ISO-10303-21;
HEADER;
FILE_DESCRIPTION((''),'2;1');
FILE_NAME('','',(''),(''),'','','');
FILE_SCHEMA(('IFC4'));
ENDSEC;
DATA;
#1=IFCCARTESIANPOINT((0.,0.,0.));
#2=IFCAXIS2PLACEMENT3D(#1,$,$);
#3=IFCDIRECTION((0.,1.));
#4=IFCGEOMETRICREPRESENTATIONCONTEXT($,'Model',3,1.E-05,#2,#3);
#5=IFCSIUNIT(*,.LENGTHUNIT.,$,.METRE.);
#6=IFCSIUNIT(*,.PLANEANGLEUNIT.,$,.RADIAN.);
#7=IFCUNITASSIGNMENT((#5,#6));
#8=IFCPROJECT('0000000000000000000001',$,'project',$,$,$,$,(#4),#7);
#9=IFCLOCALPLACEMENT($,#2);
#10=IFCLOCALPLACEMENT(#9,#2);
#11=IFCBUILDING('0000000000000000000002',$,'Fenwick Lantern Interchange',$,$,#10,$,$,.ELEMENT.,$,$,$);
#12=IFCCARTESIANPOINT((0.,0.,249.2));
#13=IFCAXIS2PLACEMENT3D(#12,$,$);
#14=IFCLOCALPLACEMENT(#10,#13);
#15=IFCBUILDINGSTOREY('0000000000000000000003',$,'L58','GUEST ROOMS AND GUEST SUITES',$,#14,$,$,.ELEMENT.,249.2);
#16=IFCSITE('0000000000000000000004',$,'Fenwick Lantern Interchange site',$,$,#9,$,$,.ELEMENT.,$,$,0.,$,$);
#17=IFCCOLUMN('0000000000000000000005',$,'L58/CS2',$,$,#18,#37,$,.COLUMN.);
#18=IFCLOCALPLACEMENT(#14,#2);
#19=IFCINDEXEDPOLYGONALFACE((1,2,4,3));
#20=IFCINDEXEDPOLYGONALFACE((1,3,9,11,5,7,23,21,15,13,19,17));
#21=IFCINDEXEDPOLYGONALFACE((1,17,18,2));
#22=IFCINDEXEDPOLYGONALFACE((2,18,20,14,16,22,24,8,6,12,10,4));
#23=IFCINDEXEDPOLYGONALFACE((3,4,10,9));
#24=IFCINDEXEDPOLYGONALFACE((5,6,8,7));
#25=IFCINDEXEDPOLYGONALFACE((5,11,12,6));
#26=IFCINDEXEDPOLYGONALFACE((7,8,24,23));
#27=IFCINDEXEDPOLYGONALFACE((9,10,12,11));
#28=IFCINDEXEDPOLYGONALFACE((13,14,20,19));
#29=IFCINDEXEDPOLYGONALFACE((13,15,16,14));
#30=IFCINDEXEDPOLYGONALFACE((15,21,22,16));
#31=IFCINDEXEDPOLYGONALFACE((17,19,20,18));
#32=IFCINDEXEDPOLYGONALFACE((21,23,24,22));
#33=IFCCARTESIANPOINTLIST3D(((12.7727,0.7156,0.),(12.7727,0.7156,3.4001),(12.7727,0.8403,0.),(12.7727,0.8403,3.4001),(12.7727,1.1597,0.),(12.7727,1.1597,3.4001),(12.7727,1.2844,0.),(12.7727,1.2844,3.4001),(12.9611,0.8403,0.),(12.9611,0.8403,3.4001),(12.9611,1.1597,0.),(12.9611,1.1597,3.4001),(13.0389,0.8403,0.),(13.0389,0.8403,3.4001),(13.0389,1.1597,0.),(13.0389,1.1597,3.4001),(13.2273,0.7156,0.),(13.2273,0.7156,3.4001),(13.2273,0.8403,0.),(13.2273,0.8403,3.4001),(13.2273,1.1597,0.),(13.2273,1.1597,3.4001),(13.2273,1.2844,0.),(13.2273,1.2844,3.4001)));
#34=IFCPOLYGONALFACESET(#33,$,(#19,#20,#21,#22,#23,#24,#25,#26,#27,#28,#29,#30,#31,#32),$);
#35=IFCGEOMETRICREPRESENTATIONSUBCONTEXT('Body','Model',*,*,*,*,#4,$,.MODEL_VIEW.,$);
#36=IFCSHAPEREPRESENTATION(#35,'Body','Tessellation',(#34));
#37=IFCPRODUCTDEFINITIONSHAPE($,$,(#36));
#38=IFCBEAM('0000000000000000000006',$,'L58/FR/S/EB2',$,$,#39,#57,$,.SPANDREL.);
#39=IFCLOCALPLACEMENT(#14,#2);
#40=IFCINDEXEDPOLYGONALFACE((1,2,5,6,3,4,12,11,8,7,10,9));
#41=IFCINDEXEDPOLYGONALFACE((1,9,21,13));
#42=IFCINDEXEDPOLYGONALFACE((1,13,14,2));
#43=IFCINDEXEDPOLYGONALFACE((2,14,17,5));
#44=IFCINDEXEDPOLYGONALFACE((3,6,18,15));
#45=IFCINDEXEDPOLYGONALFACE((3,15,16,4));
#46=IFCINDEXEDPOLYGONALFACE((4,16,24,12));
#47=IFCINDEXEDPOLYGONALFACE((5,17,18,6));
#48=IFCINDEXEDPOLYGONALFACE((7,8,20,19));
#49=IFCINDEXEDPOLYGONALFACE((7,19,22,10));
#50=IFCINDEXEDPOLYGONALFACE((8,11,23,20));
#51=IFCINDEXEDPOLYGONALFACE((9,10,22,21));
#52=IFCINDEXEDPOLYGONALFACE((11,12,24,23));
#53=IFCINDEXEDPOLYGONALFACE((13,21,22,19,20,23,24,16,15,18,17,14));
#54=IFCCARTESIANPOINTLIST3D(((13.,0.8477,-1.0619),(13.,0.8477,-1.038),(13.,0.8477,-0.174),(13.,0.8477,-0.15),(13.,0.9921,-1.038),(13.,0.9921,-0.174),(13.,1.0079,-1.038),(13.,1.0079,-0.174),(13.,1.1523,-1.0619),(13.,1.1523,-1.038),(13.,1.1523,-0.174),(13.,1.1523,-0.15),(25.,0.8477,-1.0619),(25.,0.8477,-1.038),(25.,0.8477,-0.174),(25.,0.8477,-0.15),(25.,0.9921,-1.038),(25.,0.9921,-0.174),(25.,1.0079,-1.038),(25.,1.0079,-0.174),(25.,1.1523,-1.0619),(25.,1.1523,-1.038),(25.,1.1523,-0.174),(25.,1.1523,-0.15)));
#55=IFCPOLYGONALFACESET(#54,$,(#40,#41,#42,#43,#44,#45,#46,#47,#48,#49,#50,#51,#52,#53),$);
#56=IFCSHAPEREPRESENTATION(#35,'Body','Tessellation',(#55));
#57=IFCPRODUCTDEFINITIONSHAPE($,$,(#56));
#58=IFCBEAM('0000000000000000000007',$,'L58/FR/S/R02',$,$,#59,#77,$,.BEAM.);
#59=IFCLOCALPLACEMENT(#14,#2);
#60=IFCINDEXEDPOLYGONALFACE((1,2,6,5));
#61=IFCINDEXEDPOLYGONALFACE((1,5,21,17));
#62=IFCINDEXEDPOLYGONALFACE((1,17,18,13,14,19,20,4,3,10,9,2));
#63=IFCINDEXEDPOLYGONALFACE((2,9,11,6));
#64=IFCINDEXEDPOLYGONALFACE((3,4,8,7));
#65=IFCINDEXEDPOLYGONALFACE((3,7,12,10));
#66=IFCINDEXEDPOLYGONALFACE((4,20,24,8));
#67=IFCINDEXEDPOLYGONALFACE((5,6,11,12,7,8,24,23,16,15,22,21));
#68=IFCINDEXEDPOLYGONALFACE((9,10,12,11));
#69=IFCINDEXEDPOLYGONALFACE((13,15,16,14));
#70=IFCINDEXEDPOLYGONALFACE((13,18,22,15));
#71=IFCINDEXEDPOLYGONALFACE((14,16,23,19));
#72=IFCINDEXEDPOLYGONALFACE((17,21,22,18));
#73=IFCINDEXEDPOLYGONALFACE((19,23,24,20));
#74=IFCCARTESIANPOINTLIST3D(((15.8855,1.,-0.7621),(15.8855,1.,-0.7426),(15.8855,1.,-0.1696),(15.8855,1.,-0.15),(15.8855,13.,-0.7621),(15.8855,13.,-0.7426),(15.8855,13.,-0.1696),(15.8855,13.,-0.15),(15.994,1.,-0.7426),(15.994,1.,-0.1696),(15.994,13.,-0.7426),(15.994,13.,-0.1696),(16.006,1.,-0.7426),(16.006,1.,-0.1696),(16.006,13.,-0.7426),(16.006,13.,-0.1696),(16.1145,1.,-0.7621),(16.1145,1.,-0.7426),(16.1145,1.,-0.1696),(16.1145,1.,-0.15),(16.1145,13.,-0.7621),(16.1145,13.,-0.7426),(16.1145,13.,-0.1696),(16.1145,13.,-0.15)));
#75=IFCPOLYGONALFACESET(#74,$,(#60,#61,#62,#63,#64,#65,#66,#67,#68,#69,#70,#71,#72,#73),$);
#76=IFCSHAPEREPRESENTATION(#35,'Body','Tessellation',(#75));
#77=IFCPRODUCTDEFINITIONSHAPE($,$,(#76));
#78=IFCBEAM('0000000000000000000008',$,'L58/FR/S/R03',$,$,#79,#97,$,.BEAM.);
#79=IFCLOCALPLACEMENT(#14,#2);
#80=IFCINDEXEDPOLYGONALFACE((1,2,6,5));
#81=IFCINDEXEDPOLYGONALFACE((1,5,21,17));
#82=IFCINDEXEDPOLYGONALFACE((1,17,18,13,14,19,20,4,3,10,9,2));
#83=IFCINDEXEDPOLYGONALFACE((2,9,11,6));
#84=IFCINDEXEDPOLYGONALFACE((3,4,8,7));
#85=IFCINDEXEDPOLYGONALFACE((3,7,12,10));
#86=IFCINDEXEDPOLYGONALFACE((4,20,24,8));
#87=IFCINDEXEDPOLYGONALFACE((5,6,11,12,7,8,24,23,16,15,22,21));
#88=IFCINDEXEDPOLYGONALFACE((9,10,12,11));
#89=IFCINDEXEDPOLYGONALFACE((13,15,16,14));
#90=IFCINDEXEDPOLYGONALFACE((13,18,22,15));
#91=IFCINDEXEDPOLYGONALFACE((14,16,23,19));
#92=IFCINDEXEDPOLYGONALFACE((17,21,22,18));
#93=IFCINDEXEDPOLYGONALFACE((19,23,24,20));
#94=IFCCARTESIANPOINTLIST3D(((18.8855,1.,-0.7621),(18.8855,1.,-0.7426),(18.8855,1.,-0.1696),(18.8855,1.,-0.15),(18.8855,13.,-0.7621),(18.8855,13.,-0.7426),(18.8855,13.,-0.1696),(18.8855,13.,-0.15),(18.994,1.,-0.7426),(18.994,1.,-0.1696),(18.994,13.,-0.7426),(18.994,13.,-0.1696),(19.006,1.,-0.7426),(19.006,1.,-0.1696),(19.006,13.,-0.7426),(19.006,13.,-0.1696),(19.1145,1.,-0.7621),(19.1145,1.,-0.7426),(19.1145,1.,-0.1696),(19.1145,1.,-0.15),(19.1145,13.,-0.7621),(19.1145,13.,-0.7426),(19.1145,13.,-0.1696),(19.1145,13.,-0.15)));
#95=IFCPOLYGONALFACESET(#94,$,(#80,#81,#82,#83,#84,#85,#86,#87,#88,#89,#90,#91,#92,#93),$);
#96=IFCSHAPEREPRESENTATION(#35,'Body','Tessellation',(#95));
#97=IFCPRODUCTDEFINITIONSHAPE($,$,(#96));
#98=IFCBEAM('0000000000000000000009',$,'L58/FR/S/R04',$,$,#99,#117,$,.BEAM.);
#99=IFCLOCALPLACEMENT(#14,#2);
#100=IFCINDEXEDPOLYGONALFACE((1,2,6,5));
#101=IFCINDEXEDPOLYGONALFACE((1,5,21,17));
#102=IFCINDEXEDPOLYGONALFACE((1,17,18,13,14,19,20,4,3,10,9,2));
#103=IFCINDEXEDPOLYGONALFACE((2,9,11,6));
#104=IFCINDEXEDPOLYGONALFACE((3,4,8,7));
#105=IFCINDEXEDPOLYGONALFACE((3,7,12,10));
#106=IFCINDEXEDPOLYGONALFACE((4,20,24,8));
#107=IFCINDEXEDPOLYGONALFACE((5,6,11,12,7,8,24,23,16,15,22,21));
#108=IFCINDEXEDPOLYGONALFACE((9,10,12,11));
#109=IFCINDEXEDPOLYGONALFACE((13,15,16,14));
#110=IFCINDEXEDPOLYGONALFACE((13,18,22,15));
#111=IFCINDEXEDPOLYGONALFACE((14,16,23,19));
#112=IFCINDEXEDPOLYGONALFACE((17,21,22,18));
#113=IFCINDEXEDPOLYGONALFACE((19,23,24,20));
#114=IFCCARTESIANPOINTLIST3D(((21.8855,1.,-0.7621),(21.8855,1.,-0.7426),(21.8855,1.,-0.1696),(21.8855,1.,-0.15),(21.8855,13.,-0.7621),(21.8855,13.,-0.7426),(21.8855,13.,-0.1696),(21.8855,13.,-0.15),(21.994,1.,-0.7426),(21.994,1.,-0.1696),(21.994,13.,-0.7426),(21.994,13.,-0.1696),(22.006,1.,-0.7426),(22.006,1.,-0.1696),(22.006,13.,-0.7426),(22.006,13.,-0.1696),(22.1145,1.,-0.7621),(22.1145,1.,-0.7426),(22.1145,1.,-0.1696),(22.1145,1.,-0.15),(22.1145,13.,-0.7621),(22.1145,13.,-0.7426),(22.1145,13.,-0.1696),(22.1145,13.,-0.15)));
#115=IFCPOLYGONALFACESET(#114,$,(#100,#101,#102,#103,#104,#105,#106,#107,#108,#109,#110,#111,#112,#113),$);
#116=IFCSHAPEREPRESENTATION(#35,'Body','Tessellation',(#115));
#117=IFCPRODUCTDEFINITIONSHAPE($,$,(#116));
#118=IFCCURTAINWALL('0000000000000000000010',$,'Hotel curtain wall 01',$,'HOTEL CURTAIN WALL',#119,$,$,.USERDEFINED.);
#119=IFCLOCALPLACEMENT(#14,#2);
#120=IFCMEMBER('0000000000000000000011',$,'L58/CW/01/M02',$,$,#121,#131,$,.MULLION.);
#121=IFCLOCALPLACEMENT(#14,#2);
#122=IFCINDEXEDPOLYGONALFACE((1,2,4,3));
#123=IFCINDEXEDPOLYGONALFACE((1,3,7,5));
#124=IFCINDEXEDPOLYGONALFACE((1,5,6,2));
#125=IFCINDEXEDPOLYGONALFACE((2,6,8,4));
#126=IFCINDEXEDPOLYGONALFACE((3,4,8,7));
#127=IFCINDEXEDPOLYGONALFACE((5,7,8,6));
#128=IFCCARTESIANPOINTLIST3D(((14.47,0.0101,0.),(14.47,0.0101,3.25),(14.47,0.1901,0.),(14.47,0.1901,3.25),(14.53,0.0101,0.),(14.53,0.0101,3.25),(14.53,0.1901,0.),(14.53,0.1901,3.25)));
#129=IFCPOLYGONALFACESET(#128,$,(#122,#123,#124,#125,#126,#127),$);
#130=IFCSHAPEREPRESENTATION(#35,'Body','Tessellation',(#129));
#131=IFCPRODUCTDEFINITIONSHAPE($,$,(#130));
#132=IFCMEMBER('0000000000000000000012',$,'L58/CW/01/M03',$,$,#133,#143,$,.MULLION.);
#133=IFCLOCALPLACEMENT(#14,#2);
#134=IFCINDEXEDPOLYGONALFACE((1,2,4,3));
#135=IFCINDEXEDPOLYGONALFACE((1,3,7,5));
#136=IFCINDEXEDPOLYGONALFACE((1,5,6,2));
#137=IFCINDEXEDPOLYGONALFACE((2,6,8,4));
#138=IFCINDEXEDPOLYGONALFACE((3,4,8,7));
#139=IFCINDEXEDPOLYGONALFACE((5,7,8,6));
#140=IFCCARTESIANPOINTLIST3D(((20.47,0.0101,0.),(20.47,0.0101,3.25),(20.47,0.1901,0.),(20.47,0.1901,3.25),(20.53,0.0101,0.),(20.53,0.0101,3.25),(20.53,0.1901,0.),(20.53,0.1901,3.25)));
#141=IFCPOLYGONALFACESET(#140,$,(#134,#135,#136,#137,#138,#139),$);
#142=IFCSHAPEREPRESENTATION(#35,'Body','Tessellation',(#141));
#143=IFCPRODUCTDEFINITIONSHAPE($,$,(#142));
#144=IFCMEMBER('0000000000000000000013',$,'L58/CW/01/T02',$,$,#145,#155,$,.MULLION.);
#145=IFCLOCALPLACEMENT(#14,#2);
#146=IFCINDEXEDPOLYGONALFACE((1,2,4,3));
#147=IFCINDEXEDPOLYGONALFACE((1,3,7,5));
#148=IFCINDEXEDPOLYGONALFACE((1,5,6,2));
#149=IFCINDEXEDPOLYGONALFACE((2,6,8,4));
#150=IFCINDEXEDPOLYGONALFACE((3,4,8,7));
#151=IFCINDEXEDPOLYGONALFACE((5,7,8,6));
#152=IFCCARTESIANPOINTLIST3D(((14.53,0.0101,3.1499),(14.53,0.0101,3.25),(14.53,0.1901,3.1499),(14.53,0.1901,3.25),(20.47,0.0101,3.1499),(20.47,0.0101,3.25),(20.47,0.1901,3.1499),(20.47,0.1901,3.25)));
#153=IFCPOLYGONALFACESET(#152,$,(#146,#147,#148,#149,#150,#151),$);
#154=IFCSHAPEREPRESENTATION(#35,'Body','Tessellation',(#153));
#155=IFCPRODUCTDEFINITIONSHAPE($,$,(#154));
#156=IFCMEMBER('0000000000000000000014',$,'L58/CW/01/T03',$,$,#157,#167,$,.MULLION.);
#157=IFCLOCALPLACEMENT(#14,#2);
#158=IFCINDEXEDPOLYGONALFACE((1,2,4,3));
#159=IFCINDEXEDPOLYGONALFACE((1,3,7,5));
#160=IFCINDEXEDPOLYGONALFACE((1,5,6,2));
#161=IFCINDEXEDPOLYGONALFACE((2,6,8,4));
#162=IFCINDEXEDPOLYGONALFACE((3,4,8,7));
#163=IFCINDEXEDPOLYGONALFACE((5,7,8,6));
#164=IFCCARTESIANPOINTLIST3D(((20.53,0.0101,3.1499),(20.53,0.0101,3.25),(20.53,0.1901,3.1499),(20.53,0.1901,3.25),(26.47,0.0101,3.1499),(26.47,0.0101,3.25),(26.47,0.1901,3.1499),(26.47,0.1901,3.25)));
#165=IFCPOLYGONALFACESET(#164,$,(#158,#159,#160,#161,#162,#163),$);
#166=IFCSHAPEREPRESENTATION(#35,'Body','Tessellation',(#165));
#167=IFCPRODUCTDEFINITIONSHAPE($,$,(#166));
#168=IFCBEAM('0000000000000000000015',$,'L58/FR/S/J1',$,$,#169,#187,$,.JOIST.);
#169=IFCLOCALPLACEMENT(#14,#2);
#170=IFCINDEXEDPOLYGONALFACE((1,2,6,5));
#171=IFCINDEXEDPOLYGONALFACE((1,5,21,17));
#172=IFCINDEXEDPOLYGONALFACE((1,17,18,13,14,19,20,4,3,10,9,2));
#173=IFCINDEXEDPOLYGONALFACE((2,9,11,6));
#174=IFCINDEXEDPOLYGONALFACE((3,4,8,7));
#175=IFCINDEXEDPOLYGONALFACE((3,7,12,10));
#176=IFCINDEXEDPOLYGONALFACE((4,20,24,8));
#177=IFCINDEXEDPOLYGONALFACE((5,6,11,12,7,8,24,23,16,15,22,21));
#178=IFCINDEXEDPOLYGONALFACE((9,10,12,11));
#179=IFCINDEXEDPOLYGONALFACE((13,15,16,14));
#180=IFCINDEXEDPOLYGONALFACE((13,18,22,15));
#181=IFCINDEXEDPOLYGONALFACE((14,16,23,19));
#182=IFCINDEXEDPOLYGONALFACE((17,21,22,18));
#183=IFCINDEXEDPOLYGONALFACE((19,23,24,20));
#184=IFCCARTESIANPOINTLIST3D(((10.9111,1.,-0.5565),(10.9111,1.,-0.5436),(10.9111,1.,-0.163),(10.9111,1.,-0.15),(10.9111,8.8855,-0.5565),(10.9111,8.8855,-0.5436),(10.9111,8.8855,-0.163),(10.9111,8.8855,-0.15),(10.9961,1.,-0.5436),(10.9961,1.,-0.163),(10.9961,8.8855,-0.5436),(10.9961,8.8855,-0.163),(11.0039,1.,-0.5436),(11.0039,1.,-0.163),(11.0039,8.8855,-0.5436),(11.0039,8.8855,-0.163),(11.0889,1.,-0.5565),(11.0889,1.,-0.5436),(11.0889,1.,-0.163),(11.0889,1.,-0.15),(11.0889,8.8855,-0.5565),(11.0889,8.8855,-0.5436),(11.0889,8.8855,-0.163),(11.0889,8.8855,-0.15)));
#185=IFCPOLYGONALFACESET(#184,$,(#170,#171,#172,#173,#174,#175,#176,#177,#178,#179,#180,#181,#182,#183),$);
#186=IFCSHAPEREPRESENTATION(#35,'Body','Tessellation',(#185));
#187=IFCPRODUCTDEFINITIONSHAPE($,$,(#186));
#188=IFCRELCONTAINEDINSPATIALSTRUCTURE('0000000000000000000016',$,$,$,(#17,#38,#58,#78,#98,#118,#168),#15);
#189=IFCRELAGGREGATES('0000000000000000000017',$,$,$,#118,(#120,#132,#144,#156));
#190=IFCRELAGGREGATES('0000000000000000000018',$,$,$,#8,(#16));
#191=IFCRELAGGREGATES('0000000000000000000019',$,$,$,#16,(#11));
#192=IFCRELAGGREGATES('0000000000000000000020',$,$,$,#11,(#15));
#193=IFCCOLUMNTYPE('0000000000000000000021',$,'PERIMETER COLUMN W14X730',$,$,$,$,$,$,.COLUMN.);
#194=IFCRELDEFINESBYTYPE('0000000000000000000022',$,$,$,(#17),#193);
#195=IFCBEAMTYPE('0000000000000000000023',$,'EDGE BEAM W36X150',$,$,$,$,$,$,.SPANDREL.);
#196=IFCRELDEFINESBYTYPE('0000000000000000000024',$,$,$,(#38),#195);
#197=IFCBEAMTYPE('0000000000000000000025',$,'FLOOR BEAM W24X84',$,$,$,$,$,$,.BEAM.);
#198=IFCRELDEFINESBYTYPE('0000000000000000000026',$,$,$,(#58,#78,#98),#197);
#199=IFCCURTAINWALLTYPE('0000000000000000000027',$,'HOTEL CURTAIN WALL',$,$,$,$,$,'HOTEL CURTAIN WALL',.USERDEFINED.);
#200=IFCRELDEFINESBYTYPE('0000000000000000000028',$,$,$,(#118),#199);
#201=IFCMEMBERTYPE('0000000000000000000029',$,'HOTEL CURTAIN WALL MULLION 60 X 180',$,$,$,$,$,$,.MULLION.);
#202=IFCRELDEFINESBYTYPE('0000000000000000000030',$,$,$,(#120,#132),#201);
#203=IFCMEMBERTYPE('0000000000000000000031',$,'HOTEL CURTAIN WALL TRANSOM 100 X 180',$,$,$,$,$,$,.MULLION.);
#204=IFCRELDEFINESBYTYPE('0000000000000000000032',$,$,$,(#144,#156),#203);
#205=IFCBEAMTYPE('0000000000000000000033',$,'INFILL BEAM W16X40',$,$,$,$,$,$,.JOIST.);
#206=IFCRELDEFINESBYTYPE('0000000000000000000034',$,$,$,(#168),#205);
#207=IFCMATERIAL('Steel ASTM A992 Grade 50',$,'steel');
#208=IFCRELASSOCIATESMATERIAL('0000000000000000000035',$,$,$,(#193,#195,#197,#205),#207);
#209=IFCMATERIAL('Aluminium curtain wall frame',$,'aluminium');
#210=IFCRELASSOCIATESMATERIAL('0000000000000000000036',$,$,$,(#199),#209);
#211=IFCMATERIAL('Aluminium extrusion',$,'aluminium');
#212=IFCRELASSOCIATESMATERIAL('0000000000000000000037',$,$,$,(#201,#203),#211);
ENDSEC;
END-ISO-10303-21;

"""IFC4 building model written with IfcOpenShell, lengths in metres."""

from ifc_helpers import new_model, si_unit, direction, frame, origin, origin_2d, place, context, subcontext, project, spatial, rectangle, i_section, extrude, material, material_profile, profile_set, type_object, element, aggregate, save


model = new_model("IFC4")

# Units and contexts
model_context = context("Model", 3, precision=1e-05, world=origin(), true_north=direction((0.0, 1.0)))
body_context = subcontext(model_context, "Body", "Model", "MODEL_VIEW")
ifc_project = project(units=[si_unit("LENGTHUNIT", "METRE"), si_unit("PLANEANGLEUNIT", "RADIAN")], contexts=[model_context])

# Site, building, storey
site_placement = place(None, origin())
site = spatial("IfcSite", under=ifc_project, at=site_placement, Name="Fenwick Lantern Interchange site", CompositionType="ELEMENT", RefElevation=0.0)
building_placement = place(site_placement, origin())
building = spatial("IfcBuilding", under=site, at=building_placement, Name="Fenwick Lantern Interchange", CompositionType="ELEMENT")
storey_placement = place(building_placement, frame((0.0, 0.0, 249.2)))
storey = spatial("IfcBuildingStorey", under=building, at=storey_placement, Name="L58", Description="GUEST ROOMS AND GUEST SUITES", CompositionType="ELEMENT", Elevation=249.2)

# Column
ifc_material_1 = material(Name="Steel ASTM A992 Grade 50", Category="steel")
ifc_material_profile_1 = material_profile(ifc_material_1, i_section(OverallWidth=0.4546, OverallDepth=0.5688, WebThickness=0.0779, FlangeThickness=0.1248, at=origin_2d()), Name="W14X730")
ifc_profile_set_1 = profile_set([ifc_material_profile_1], Name="Steel ASTM A992 Grade 50")
column_type = type_object("IfcColumnType", Name="PERIMETER COLUMN W14X730", PredefinedType="COLUMN", material=ifc_profile_set_1)
column_placement = place(storey_placement, frame((13.0, 1.0, 0.0), z_axis=(0.0, 0.0, 1.0), x_axis=(1.0, 0.0, 0.0)))
element("IfcColumn", 1, at=column_placement, inside=storey, type_object=column_type, Name="L58/CS2", PredefinedType="COLUMN", context=body_context, shape_type="SweptSolid", body=[
    extrude(i_section(OverallWidth=0.4546, OverallDepth=0.5688, WebThickness=0.0779, FlangeThickness=0.1248, at=origin_2d()), origin(), (0.0, 0.0, 1.0), 3.4001),
])

# Beams
ifc_material_profile_2 = material_profile(ifc_material_1, i_section(OverallWidth=0.3047, OverallDepth=0.9119, WebThickness=0.0159, FlangeThickness=0.0239, at=origin_2d()), Name="W36X150")
ifc_profile_set_2 = profile_set([ifc_material_profile_2], Name="Steel ASTM A992 Grade 50")
beam_type_1 = type_object("IfcBeamType", Name="EDGE BEAM W36X150", PredefinedType="SPANDREL", material=ifc_profile_set_2)
beam_1_placement = place(storey_placement, frame((13.0, 1.0, -0.606), z_axis=(1.0, 0.0, 0.0), x_axis=(0.0, 1.0, 0.0)))
element("IfcBeam", 2, at=beam_1_placement, inside=storey, type_object=beam_type_1, Name="L58/FR/S/EB2", PredefinedType="SPANDREL", context=body_context, shape_type="SweptSolid", body=[
    extrude(i_section(OverallWidth=0.3047, OverallDepth=0.9119, WebThickness=0.0159, FlangeThickness=0.0239, at=origin_2d()), origin(), (0.0, 0.0, 1.0), 12.0),
])
ifc_material_profile_3 = material_profile(ifc_material_1, i_section(OverallWidth=0.229, OverallDepth=0.6121, WebThickness=0.012, FlangeThickness=0.0195, at=origin_2d()), Name="W24X84")
ifc_profile_set_3 = profile_set([ifc_material_profile_3], Name="Steel ASTM A992 Grade 50")
beam_type_2 = type_object("IfcBeamType", Name="FLOOR BEAM W24X84", PredefinedType="BEAM", material=ifc_profile_set_3)
for number, where, z_axis, x_axis, name in (
    (3, (16.0, 1.0, -0.4561), (0.0, 1.0, 0.0), (-1.0, 0.0, 0.0), "L58/FR/S/R02"),
    (4, (19.0, 1.0, -0.4561), (0.0, 1.0, 0.0), (-1.0, 0.0, 0.0), "L58/FR/S/R03"),
    (5, (22.0, 1.0, -0.4561), (0.0, 1.0, 0.0), (-1.0, 0.0, 0.0), "L58/FR/S/R04"),
):
    element("IfcBeam", number, at=place(storey_placement, frame(where, z_axis=z_axis, x_axis=x_axis)), inside=storey, type_object=beam_type_2, Name=name, PredefinedType="BEAM", context=body_context, shape_type="SweptSolid", body=[
        extrude(i_section(OverallWidth=0.229, OverallDepth=0.6121, WebThickness=0.012, FlangeThickness=0.0195, at=origin_2d()), origin(), (0.0, 0.0, 1.0), 12.0),
    ])

# Curtain wall, members
ifc_material_2 = material(Name="Aluminium curtain wall frame", Category="aluminium")
curtain_wall_type = type_object("IfcCurtainWallType", Name="HOTEL CURTAIN WALL", ElementType="HOTEL CURTAIN WALL", PredefinedType="USERDEFINED", material=ifc_material_2)
curtain_wall_placement = place(storey_placement, origin())
curtain_wall = element("IfcCurtainWall", 6, at=curtain_wall_placement, inside=storey, type_object=curtain_wall_type, Name="Hotel curtain wall 01", ObjectType="HOTEL CURTAIN WALL", PredefinedType="USERDEFINED")
ifc_material_3 = material(Name="Aluminium extrusion", Category="aluminium")
ifc_material_profile_4 = material_profile(ifc_material_3, rectangle(XDim=0.1799, YDim=0.0601, at=origin_2d()), Name="HOTEL CURTAIN WALL MULLION 60 X 180")
ifc_profile_set_4 = profile_set([ifc_material_profile_4], Name="Aluminium extrusion")
member_type_1 = type_object("IfcMemberType", Name="HOTEL CURTAIN WALL MULLION 60 X 180", PredefinedType="MULLION", material=ifc_profile_set_4)
member_1_placement = place(storey_placement, frame((14.5, 0.1001, 0.0), z_axis=(0.0, 0.0, 1.0), x_axis=(0.0, 1.0, 0.0)))
member_1 = element("IfcMember", 7, at=member_1_placement, type_object=member_type_1, Name="L58/CW/01/M02", PredefinedType="MULLION", context=body_context, shape_type="SweptSolid", body=[
    extrude(rectangle(XDim=0.1799, YDim=0.0601, at=origin_2d()), origin(), (0.0, 0.0, 1.0), 3.25),
])
member_2_placement = place(storey_placement, frame((20.5, 0.1001, 0.0), z_axis=(0.0, 0.0, 1.0), x_axis=(0.0, 1.0, 0.0)))
member_2 = element("IfcMember", 8, at=member_2_placement, type_object=member_type_1, Name="L58/CW/01/M03", PredefinedType="MULLION", context=body_context, shape_type="SweptSolid", body=[
    extrude(rectangle(XDim=0.1799, YDim=0.0601, at=origin_2d()), origin(), (0.0, 0.0, 1.0), 3.25),
])
ifc_material_profile_5 = material_profile(ifc_material_3, rectangle(XDim=0.1799, YDim=0.1001, at=origin_2d()), Name="HOTEL CURTAIN WALL TRANSOM 100 X 180")
ifc_profile_set_5 = profile_set([ifc_material_profile_5], Name="Aluminium extrusion")
member_type_2 = type_object("IfcMemberType", Name="HOTEL CURTAIN WALL TRANSOM 100 X 180", PredefinedType="MULLION", material=ifc_profile_set_5)
member_3_placement = place(storey_placement, frame((14.53, 0.1001, 3.2), z_axis=(1.0, 0.0, 0.0), x_axis=(0.0, 1.0, 0.0)))
member_3 = element("IfcMember", 9, at=member_3_placement, type_object=member_type_2, Name="L58/CW/01/T02", PredefinedType="MULLION", context=body_context, shape_type="SweptSolid", body=[
    extrude(rectangle(XDim=0.1799, YDim=0.1001, at=origin_2d()), origin(), (0.0, 0.0, 1.0), 5.9399),
])
member_4_placement = place(storey_placement, frame((20.53, 0.1001, 3.2), z_axis=(1.0, 0.0, 0.0), x_axis=(0.0, 1.0, 0.0)))
member_4 = element("IfcMember", 10, at=member_4_placement, type_object=member_type_2, Name="L58/CW/01/T03", PredefinedType="MULLION", context=body_context, shape_type="SweptSolid", body=[
    extrude(rectangle(XDim=0.1799, YDim=0.1001, at=origin_2d()), origin(), (0.0, 0.0, 1.0), 5.9399),
])
aggregate(curtain_wall, [member_1, member_2, member_3, member_4])

# Beam
ifc_material_profile_6 = material_profile(ifc_material_1, i_section(OverallWidth=0.1777, OverallDepth=0.4065, WebThickness=0.0078, FlangeThickness=0.0129, at=origin_2d()), Name="W16X40")
ifc_profile_set_6 = profile_set([ifc_material_profile_6], Name="Steel ASTM A992 Grade 50")
beam_type_3 = type_object("IfcBeamType", Name="INFILL BEAM W16X40", PredefinedType="JOIST", material=ifc_profile_set_6)
beam_2_placement = place(storey_placement, frame((11.0, 1.0, -0.3533), z_axis=(0.0, 1.0, 0.0), x_axis=(-1.0, 0.0, 0.0)))
element("IfcBeam", 11, at=beam_2_placement, inside=storey, type_object=beam_type_3, Name="L58/FR/S/J1", PredefinedType="JOIST", context=body_context, shape_type="SweptSolid", body=[
    extrude(i_section(OverallWidth=0.1777, OverallDepth=0.4065, WebThickness=0.0078, FlangeThickness=0.0129, at=origin_2d()), origin(), (0.0, 0.0, 1.0), 7.8855),
])

save(model, "model.ifc")
